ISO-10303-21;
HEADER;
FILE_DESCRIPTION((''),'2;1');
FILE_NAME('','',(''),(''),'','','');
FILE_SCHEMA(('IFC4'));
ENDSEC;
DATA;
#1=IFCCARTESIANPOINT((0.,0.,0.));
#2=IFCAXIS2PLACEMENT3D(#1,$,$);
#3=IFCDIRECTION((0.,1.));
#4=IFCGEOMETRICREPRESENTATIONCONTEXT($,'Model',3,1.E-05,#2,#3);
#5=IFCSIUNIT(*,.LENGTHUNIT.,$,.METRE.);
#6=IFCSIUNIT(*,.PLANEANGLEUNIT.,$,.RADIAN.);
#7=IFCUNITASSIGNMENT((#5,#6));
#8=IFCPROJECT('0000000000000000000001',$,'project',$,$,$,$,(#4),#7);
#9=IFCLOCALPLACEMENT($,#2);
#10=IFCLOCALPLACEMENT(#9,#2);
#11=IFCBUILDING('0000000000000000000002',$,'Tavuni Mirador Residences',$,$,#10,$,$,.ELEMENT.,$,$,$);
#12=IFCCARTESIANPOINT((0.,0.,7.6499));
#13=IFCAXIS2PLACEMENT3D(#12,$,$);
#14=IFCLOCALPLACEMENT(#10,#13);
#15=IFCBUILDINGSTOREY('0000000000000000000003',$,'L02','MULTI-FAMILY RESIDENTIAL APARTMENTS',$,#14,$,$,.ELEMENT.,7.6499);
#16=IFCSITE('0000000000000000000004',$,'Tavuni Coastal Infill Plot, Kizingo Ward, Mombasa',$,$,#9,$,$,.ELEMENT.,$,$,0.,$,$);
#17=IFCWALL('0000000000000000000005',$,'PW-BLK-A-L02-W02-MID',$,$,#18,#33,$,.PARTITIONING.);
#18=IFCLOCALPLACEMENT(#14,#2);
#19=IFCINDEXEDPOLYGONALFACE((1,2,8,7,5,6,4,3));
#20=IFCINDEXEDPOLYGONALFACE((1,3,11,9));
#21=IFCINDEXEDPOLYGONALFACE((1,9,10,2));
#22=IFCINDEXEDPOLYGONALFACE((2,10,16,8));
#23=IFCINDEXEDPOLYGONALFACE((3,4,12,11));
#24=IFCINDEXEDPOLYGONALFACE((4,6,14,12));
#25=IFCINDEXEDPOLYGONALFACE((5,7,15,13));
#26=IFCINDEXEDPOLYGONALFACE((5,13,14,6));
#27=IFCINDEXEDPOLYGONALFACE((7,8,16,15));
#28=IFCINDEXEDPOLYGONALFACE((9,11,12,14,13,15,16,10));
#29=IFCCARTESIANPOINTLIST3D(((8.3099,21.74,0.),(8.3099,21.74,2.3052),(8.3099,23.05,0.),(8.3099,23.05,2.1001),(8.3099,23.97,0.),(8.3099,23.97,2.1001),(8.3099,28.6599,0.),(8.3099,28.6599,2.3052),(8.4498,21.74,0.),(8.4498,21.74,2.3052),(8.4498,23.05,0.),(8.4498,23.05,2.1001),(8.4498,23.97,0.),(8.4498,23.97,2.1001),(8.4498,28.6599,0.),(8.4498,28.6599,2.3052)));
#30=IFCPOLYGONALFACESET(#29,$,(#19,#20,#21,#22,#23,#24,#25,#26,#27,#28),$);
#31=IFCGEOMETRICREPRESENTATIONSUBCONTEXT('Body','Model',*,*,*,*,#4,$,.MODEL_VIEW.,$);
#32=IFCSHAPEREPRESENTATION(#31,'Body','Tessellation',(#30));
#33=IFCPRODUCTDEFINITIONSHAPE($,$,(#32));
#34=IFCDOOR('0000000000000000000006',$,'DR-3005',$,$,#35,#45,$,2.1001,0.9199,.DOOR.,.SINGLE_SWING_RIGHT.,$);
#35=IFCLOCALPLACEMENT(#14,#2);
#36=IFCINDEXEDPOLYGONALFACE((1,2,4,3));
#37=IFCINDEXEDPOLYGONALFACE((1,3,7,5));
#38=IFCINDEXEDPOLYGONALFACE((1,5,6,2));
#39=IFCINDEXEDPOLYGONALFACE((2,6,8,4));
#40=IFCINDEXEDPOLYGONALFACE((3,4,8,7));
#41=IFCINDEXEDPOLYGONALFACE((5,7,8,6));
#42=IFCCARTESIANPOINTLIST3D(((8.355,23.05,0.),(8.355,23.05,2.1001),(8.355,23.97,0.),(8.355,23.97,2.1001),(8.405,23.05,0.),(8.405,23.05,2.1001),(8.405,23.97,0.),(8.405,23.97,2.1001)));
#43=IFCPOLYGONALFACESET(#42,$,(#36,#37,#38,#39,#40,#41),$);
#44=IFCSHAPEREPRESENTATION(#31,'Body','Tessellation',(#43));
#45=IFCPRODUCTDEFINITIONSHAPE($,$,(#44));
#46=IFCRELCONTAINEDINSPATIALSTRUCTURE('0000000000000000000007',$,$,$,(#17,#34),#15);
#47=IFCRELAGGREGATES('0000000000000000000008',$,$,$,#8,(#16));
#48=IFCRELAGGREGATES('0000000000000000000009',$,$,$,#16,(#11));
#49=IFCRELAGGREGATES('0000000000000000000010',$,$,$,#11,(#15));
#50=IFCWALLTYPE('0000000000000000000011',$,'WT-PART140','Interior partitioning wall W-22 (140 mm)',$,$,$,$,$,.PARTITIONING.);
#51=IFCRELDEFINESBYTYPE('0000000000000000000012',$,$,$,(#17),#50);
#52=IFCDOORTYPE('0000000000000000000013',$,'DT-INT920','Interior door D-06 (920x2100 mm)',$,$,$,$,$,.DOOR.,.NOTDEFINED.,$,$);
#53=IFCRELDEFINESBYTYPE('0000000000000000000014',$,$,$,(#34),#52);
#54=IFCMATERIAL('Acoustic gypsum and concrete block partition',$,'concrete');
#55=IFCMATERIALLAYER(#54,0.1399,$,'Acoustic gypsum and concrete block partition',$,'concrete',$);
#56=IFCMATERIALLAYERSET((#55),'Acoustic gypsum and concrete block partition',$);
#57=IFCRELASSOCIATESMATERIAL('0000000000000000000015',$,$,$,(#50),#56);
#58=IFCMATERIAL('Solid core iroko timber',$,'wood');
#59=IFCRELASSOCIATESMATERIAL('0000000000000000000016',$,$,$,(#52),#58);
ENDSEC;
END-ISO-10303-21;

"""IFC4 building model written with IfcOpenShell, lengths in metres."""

from ifc_helpers import new_model, si_unit, direction, frame, frame_2d, origin, place, context, subcontext, project, spatial, rectangle, extrude, material, layer, layer_set, type_object, element, fill, save


model = new_model("IFC4")

# Units and contexts
model_context = context("Model", 3, precision=1e-05, world=origin(), true_north=direction((0.0, 1.0)))
body_context = subcontext(model_context, "Body", "Model", "MODEL_VIEW")
ifc_project = project(units=[si_unit("LENGTHUNIT", "METRE"), si_unit("PLANEANGLEUNIT", "RADIAN")], contexts=[model_context])

# Site, building, storey
site_placement = place(None, origin())
site = spatial("IfcSite", under=ifc_project, at=site_placement, Name="Tavuni Coastal Infill Plot, Kizingo Ward, Mombasa", CompositionType="ELEMENT", RefElevation=0.0)
building_placement = place(site_placement, origin())
building = spatial("IfcBuilding", under=site, at=building_placement, Name="Tavuni Mirador Residences", CompositionType="ELEMENT")
storey_placement = place(building_placement, frame((0.0, 0.0, 7.6499)))
storey = spatial("IfcBuildingStorey", under=building, at=storey_placement, Name="L02", Description="MULTI-FAMILY RESIDENTIAL APARTMENTS", CompositionType="ELEMENT", Elevation=7.6499)

# Shared definitions
ifc_material_1 = material(Name="Solid core iroko timber", Category="wood")

# Wall, opening, door
ifc_material_2 = material(Name="Acoustic gypsum and concrete block partition", Category="concrete")
ifc_layer_1 = layer(ifc_material_2, 0.1399, Name="Acoustic gypsum and concrete block partition", Category="concrete")
ifc_layer_set_1 = layer_set([ifc_layer_1], Name="Acoustic gypsum and concrete block partition")
wall_type_1 = type_object("IfcWallType", Name="WT-PART140", Description="Interior partitioning wall W-22 (140 mm)", PredefinedType="PARTITIONING", material=ifc_layer_set_1)
wall_1_placement = place(storey_placement, frame((8.3799, 21.74, 0.0), z_axis=(0.0, 0.0, 1.0), x_axis=(0.0, 1.0, 0.0)))
wall_1 = element("IfcWall", 1, at=wall_1_placement, inside=storey, type_object=wall_type_1, Name="PW-BLK-A-L02-W02-MID", PredefinedType="PARTITIONING", context=body_context, shape_type="SweptSolid", body=[
    extrude(rectangle(XDim=6.9199, YDim=0.1399, at=frame_2d((3.46, 0.0))), origin(), (0.0, 0.0, 1.0), 2.3052),
])
opening_1_placement = place(wall_1_placement, frame((1.3101, 0.0, 0.0)))
opening_1 = element("IfcOpeningElement", 2, at=opening_1_placement, cuts=wall_1, PredefinedType="OPENING", context=body_context, shape_type="SweptSolid", body=[
    extrude(rectangle(XDim=0.9199, YDim=2.1001, at=frame_2d((0.46, 1.05))), frame((0.0, 0.0801, 0.0), z_axis=(0.0, -1.0, 0.0), x_axis=(1.0, 0.0, 0.0)), (0.0, 0.0, 1.0), 0.1599),
])
door_type_1 = type_object("IfcDoorType", Name="DT-INT920", Description="Interior door D-06 (920x2100 mm)", OperationType="NOTDEFINED", PredefinedType="DOOR", material=ifc_material_1)
door_1_placement = place(opening_1_placement, origin())
door_1 = element("IfcDoor", 3, at=door_1_placement, inside=storey, type_object=door_type_1, Name="DR-3005", OperationType="SINGLE_SWING_RIGHT", OverallHeight=2.1001, OverallWidth=0.9199, PredefinedType="DOOR", context=body_context, shape_type="SweptSolid", body=[
    extrude(rectangle(XDim=0.9199, YDim=2.1001, at=frame_2d((0.46, 1.05))), frame((0.0, 0.0249, 0.0), z_axis=(0.0, -1.0, 0.0), x_axis=(1.0, 0.0, 0.0)), (0.0, 0.0, 1.0), 0.05),
])
fill(opening_1, door_1)

save(model, "model.ifc")
